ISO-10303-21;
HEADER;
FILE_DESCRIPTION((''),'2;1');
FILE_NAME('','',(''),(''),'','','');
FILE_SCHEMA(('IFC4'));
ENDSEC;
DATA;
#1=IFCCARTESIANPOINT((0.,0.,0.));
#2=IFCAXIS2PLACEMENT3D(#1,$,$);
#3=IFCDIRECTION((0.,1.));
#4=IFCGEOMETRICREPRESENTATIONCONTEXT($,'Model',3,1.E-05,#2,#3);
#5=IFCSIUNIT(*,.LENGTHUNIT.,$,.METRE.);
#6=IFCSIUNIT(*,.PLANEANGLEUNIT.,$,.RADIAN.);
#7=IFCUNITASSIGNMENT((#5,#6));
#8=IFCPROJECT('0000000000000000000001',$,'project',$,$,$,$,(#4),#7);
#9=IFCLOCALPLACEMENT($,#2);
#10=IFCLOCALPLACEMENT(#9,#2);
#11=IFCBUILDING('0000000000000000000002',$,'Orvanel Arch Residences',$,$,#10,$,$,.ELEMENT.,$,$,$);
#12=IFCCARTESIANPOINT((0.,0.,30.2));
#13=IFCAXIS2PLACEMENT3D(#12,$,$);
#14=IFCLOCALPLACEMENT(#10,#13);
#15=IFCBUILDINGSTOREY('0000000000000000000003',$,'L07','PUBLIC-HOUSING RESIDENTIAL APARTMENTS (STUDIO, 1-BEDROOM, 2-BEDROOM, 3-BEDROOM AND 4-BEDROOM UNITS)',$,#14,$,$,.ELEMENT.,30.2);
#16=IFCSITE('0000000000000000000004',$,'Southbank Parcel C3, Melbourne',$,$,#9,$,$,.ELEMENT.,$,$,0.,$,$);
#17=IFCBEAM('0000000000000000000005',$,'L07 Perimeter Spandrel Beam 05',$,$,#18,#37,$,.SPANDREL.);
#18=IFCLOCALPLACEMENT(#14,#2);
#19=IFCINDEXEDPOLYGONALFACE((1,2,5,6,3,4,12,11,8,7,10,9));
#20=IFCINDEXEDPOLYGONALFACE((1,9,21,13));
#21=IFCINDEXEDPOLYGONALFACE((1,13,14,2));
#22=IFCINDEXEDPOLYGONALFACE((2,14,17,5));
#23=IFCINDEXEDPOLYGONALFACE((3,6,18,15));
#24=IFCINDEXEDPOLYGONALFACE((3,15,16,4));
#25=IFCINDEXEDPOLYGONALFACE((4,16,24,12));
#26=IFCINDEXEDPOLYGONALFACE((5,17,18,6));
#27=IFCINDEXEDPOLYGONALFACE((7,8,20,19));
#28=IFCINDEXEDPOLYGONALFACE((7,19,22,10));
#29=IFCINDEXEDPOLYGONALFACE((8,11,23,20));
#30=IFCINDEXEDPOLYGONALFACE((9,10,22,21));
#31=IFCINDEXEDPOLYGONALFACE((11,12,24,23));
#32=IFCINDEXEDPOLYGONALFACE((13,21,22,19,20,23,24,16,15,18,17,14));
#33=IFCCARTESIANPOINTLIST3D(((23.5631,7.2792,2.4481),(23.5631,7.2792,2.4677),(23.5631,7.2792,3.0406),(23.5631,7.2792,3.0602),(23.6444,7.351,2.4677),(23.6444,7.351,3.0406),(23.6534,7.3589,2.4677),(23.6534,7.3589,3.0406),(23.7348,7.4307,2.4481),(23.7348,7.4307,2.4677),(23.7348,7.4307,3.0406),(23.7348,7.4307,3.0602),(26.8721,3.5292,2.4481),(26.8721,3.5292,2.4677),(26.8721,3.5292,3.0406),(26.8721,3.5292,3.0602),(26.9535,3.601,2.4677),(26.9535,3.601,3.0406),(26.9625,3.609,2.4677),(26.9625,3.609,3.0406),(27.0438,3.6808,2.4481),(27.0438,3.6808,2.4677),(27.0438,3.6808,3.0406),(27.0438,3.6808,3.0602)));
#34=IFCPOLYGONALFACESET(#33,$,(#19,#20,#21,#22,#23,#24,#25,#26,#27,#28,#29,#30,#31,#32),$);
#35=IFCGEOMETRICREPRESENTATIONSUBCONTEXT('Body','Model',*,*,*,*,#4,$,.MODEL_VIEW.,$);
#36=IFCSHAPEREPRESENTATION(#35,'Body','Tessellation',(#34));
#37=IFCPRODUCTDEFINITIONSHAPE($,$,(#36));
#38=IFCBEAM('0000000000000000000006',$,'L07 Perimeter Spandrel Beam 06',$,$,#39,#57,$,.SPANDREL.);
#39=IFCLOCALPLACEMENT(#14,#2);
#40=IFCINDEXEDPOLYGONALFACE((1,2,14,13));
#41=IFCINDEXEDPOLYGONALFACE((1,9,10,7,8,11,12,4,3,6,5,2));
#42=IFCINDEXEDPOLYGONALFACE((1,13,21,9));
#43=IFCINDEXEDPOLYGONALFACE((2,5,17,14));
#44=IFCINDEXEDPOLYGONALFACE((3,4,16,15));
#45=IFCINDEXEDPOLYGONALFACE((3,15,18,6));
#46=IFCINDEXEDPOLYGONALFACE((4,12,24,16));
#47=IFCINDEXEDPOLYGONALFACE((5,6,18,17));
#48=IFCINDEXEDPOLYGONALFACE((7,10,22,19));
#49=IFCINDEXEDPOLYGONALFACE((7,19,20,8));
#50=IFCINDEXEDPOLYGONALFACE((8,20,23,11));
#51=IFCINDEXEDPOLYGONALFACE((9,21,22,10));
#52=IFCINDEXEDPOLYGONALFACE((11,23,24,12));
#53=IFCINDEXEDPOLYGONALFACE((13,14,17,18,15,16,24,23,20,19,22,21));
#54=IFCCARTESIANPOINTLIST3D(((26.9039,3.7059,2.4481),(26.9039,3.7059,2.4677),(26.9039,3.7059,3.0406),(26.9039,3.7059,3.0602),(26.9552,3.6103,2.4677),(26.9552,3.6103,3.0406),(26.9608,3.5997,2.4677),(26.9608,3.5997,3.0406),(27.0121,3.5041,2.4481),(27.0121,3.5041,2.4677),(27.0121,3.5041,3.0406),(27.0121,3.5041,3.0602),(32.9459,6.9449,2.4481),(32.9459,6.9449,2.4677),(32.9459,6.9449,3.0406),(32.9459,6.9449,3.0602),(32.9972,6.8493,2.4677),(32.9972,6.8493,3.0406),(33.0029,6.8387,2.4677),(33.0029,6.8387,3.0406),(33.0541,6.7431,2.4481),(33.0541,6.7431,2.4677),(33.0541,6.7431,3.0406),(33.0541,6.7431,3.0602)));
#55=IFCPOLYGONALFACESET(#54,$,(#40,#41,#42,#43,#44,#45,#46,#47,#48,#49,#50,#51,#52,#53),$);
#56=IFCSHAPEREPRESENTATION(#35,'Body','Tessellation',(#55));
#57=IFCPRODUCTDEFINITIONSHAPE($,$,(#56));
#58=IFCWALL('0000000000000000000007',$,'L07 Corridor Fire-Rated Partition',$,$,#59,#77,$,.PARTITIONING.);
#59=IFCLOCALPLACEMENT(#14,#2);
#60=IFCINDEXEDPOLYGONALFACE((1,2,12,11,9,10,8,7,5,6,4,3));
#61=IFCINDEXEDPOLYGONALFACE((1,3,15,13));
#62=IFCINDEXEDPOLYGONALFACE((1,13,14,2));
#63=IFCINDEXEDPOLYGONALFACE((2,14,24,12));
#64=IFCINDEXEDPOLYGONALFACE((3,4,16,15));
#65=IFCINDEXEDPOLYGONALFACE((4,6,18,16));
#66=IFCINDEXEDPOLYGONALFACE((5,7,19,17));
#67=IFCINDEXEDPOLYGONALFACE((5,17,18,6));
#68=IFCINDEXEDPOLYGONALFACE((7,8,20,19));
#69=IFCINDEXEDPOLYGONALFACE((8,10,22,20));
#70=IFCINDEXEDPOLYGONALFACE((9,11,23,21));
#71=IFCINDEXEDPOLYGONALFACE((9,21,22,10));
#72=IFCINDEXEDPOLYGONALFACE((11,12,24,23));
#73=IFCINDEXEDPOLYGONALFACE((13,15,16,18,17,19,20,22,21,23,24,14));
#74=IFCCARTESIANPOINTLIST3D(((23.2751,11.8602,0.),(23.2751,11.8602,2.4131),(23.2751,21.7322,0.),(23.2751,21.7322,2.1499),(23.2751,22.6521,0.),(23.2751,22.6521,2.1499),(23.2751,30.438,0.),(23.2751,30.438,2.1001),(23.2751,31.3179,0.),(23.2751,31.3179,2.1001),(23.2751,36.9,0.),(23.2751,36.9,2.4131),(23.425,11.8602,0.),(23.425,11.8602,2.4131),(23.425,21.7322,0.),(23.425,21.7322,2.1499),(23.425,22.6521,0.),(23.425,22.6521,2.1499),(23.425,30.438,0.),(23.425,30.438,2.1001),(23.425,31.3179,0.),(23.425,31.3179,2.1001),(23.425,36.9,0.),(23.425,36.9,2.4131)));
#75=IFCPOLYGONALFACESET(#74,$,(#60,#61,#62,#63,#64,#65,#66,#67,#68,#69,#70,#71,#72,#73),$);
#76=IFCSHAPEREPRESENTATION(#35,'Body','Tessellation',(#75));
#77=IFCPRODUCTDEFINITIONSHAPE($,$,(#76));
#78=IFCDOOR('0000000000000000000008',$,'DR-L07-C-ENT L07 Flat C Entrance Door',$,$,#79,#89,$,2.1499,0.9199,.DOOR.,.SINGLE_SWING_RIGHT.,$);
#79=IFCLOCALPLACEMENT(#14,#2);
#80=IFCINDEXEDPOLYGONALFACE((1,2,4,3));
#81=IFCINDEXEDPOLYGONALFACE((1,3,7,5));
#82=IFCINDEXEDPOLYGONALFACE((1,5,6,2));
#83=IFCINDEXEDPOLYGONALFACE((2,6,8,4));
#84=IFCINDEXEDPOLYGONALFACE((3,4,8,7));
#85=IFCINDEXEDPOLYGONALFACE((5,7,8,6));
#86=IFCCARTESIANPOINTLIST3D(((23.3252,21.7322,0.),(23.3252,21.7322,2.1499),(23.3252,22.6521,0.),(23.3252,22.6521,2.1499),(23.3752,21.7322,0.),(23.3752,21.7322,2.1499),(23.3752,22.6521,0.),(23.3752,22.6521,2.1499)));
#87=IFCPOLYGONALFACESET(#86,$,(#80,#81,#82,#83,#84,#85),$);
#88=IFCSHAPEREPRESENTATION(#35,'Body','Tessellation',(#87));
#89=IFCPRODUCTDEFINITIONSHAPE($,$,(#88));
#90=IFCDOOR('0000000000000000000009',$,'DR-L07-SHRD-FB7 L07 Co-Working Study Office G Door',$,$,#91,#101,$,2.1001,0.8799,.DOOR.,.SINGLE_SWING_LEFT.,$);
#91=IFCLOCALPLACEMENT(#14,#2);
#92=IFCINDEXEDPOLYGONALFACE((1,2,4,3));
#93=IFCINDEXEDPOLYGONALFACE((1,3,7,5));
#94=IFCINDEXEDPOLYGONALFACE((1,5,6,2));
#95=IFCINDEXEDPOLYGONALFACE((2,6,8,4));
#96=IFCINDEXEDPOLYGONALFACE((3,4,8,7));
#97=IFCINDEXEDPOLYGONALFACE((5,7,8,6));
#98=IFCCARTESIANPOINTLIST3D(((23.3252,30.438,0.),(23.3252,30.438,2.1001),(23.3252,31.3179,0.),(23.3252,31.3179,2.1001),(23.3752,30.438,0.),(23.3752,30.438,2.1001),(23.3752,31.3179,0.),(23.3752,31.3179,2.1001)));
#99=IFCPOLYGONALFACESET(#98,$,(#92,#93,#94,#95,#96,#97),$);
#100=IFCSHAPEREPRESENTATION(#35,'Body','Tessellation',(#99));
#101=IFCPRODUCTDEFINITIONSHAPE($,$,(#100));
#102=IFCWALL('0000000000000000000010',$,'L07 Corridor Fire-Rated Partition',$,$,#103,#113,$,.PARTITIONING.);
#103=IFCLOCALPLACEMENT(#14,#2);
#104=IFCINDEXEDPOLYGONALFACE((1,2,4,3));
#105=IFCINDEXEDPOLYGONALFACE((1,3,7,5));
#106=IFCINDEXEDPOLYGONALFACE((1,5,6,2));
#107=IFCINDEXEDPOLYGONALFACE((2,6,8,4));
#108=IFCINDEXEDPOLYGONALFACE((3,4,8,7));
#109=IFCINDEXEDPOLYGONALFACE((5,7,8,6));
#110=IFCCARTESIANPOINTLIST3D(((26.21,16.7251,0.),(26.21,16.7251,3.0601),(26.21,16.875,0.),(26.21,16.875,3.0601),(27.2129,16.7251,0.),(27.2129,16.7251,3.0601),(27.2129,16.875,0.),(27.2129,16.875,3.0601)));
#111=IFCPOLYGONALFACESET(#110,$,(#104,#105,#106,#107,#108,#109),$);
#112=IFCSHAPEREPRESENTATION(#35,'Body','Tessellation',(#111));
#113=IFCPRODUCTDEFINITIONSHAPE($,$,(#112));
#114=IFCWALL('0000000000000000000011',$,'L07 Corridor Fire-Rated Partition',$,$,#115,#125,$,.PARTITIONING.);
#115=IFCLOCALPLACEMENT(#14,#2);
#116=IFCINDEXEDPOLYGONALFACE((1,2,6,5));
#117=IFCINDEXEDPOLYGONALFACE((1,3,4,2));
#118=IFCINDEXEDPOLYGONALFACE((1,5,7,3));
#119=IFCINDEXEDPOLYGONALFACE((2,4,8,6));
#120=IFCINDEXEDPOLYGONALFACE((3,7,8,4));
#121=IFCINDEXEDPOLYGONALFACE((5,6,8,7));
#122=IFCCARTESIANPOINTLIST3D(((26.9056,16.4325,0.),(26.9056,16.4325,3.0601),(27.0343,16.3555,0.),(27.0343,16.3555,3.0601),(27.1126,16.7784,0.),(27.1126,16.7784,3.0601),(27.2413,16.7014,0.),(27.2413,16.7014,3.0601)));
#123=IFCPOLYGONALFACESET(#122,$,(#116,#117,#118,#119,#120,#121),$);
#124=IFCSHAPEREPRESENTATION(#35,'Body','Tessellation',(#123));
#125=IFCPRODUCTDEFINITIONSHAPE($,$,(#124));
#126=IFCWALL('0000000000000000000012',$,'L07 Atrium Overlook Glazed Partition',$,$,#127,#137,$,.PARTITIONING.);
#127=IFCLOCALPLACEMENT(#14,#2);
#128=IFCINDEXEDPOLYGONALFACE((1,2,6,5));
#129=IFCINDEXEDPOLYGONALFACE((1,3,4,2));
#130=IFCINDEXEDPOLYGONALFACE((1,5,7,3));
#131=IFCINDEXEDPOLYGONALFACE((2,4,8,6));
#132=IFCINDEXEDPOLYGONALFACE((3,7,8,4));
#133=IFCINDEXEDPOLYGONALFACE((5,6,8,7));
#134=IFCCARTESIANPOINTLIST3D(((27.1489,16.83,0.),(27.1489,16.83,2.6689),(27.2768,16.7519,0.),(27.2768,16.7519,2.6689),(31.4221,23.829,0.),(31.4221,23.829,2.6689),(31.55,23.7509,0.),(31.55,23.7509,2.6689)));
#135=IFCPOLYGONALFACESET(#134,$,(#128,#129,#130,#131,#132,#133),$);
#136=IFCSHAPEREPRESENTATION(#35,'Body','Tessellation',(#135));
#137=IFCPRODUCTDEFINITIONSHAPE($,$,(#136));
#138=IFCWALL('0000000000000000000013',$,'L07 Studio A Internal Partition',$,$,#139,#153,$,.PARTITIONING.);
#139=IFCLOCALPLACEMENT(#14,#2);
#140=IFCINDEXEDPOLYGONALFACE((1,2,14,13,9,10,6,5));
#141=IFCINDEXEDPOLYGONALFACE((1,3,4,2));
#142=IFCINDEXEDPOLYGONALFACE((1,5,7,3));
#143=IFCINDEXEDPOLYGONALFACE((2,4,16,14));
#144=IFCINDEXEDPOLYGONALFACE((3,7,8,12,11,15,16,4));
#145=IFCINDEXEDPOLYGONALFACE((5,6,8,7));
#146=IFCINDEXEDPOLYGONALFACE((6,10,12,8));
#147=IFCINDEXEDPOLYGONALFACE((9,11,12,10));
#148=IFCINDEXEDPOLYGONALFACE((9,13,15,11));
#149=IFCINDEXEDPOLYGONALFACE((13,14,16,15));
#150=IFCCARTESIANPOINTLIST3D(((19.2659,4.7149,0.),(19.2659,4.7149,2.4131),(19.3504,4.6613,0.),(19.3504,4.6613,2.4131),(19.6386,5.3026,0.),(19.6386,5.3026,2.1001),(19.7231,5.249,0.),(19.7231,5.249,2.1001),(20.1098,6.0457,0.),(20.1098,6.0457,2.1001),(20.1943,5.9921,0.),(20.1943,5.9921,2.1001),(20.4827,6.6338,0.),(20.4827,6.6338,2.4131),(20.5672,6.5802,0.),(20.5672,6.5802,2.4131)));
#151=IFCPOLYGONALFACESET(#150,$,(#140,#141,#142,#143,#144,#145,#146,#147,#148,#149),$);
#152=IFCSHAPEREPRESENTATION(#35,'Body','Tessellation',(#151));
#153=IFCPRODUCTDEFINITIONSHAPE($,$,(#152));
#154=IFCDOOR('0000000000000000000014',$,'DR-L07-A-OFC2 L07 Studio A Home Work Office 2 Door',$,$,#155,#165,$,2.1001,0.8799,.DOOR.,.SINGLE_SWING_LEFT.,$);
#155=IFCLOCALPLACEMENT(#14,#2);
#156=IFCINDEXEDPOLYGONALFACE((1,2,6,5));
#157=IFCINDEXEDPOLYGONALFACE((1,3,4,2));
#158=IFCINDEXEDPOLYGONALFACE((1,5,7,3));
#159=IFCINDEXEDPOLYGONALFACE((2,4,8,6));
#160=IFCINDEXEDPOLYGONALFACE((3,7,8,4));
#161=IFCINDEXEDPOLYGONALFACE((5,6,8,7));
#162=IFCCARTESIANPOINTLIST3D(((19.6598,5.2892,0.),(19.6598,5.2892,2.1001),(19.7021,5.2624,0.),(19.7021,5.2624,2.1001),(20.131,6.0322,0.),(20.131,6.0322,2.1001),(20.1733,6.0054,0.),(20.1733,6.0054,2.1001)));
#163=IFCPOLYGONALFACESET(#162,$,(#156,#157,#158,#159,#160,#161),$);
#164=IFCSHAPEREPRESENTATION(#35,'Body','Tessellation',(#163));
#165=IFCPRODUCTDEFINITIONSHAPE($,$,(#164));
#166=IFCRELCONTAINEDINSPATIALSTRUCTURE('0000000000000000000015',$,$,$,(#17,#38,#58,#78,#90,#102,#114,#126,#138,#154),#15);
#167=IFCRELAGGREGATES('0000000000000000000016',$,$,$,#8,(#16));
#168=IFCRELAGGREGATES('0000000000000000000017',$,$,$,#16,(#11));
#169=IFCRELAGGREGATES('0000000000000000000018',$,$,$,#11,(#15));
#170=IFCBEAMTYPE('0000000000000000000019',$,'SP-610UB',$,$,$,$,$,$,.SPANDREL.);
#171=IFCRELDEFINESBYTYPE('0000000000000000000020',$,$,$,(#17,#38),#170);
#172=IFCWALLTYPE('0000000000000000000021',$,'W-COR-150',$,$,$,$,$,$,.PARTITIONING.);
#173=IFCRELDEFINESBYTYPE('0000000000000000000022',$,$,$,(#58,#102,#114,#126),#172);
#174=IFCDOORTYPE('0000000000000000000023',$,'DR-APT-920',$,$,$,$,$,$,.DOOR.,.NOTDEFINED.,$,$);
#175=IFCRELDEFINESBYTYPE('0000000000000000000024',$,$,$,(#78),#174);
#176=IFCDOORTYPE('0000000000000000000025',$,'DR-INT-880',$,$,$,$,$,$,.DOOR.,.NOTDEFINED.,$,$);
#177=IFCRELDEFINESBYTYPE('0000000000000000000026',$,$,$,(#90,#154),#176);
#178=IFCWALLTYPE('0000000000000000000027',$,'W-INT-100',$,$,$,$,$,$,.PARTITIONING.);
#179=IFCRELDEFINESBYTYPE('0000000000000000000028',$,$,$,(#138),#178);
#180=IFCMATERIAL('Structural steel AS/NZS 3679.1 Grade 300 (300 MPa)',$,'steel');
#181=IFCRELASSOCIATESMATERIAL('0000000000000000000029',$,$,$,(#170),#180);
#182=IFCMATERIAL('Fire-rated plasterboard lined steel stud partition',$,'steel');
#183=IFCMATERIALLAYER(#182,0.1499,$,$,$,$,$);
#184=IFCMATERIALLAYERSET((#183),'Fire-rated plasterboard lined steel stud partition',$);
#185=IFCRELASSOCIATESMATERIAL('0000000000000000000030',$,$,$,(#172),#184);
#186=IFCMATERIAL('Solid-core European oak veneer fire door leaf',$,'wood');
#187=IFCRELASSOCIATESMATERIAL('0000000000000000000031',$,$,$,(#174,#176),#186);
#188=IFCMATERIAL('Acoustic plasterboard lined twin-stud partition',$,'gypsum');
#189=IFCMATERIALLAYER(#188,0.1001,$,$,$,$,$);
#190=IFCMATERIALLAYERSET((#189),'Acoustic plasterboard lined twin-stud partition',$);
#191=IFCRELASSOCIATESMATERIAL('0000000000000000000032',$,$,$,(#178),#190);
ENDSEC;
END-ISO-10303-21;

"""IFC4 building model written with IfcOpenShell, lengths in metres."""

from ifc_helpers import new_model, si_unit, direction, frame, frame_2d, origin, origin_2d, place, context, subcontext, project, spatial, rectangle, i_section, extrude, material, layer, layer_set, material_profile, profile_set, type_object, element, fill, save


model = new_model("IFC4")

# Units and contexts
model_context = context("Model", 3, precision=1e-05, world=origin(), true_north=direction((0.0, 1.0)))
body_context = subcontext(model_context, "Body", "Model", "MODEL_VIEW")
ifc_project = project(units=[si_unit("LENGTHUNIT", "METRE"), si_unit("PLANEANGLEUNIT", "RADIAN")], contexts=[model_context])

# Site, building, storey
site_placement = place(None, origin())
site = spatial("IfcSite", under=ifc_project, at=site_placement, Name="Southbank Parcel C3, Melbourne", CompositionType="ELEMENT", RefElevation=0.0)
building_placement = place(site_placement, origin())
building = spatial("IfcBuilding", under=site, at=building_placement, Name="Orvanel Arch Residences", CompositionType="ELEMENT")
storey_placement = place(building_placement, frame((0.0, 0.0, 30.2)))
storey = spatial("IfcBuildingStorey", under=building, at=storey_placement, Name="L07", Description="PUBLIC-HOUSING RESIDENTIAL APARTMENTS (STUDIO, 1-BEDROOM, 2-BEDROOM, 3-BEDROOM AND 4-BEDROOM UNITS)", CompositionType="ELEMENT", Elevation=30.2)

# Beams
ifc_material_1 = material(Name="Structural steel AS/NZS 3679.1 Grade 300 (300 MPa)", Category="steel")
ifc_material_profile_1 = material_profile(ifc_material_1, i_section(OverallWidth=0.229, OverallDepth=0.6121, WebThickness=0.012, FlangeThickness=0.0195, at=origin_2d()), Name="610UB125")
ifc_profile_set_1 = profile_set([ifc_material_profile_1], Name="Structural steel AS/NZS 3679.1 Grade 300 (300 MPa)")
beam_type = type_object("IfcBeamType", Name="SP-610UB", PredefinedType="SPANDREL", material=ifc_profile_set_1)
beam_1_placement = place(storey_placement, frame((23.6489, 7.355, 2.7542), z_axis=(0.661651, -0.749812, 0.0), x_axis=(0.749812, 0.661651, 0.0)))
element("IfcBeam", 1, at=beam_1_placement, inside=storey, type_object=beam_type, Name="L07 Perimeter Spandrel Beam 05", PredefinedType="SPANDREL", context=body_context, shape_type="SweptSolid", body=[
    extrude(i_section(OverallWidth=0.229, OverallDepth=0.6121, WebThickness=0.012, FlangeThickness=0.0195, at=origin_2d()), origin(), (0.0, 0.0, 1.0), 5.0012),
])
beam_2_placement = place(storey_placement, frame((26.958, 3.605, 2.7542), z_axis=(0.881344, 0.472474, 0.0), x_axis=(-0.472474, 0.881344, 0.0)))
element("IfcBeam", 2, at=beam_2_placement, inside=storey, type_object=beam_type, Name="L07 Perimeter Spandrel Beam 06", PredefinedType="SPANDREL", context=body_context, shape_type="SweptSolid", body=[
    extrude(i_section(OverallWidth=0.229, OverallDepth=0.6121, WebThickness=0.012, FlangeThickness=0.0195, at=origin_2d()), origin(), (0.0, 0.0, 1.0), 6.8555),
])

# Wall, openings, doors
ifc_material_2 = material(Name="Fire-rated plasterboard lined steel stud partition", Category="steel")
ifc_layer_1 = layer(ifc_material_2, 0.1499)
ifc_layer_set_1 = layer_set([ifc_layer_1], Name="Fire-rated plasterboard lined steel stud partition")
wall_type_1 = type_object("IfcWallType", Name="W-COR-150", PredefinedType="PARTITIONING", material=ifc_layer_set_1)
wall_1_placement = place(storey_placement, frame((23.3501, 11.8601, 0.0), z_axis=(0.0, 0.0, 1.0), x_axis=(0.0, 1.0, 0.0)))
wall_1 = element("IfcWall", 3, at=wall_1_placement, inside=storey, type_object=wall_type_1, Name="L07 Corridor Fire-Rated Partition", PredefinedType="PARTITIONING", context=body_context, shape_type="SweptSolid", body=[
    extrude(rectangle(XDim=25.0398, YDim=0.1499, at=frame_2d((12.52, 0.0))), origin(), (0.0, 0.0, 1.0), 2.4131),
])
opening_1_placement = place(wall_1_placement, frame((9.8721, 0.0, 0.0)))
opening_1 = element("IfcOpeningElement", 4, at=opening_1_placement, cuts=wall_1, PredefinedType="OPENING", context=body_context, shape_type="SweptSolid", body=[
    extrude(rectangle(XDim=0.9199, YDim=2.1499, at=frame_2d((0.46, 1.075))), frame((0.0, 0.085, 0.0), z_axis=(0.0, -1.0, 0.0), x_axis=(1.0, 0.0, 0.0)), (0.0, 0.0, 1.0), 0.1699),
])
opening_2_placement = place(wall_1_placement, frame((18.5779, 0.0, 0.0)))
opening_2 = element("IfcOpeningElement", 5, at=opening_2_placement, cuts=wall_1, PredefinedType="OPENING", context=body_context, shape_type="SweptSolid", body=[
    extrude(rectangle(XDim=0.8799, YDim=2.1001, at=frame_2d((0.4399, 1.05))), frame((0.0, 0.085, 0.0), z_axis=(0.0, -1.0, 0.0), x_axis=(1.0, 0.0, 0.0)), (0.0, 0.0, 1.0), 0.1699),
])
ifc_material_3 = material(Name="Solid-core European oak veneer fire door leaf", Category="wood")
door_type_1 = type_object("IfcDoorType", Name="DR-APT-920", OperationType="NOTDEFINED", PredefinedType="DOOR", material=ifc_material_3)
door_1_placement = place(opening_1_placement, origin())
door_1 = element("IfcDoor", 6, at=door_1_placement, inside=storey, type_object=door_type_1, Name="DR-L07-C-ENT L07 Flat C Entrance Door", OperationType="SINGLE_SWING_RIGHT", OverallHeight=2.1499, OverallWidth=0.9199, PredefinedType="DOOR", context=body_context, shape_type="SweptSolid", body=[
    extrude(rectangle(XDim=0.9199, YDim=2.1499, at=frame_2d((0.46, 1.075))), frame((0.0, 0.0249, 0.0), z_axis=(0.0, -1.0, 0.0), x_axis=(1.0, 0.0, 0.0)), (0.0, 0.0, 1.0), 0.05),
])
fill(opening_1, door_1)
door_type_2 = type_object("IfcDoorType", Name="DR-INT-880", OperationType="NOTDEFINED", PredefinedType="DOOR", material=ifc_material_3)
door_2_placement = place(opening_2_placement, origin())
door_2 = element("IfcDoor", 7, at=door_2_placement, inside=storey, type_object=door_type_2, Name="DR-L07-SHRD-FB7 L07 Co-Working Study Office G Door", OperationType="SINGLE_SWING_LEFT", OverallHeight=2.1001, OverallWidth=0.8799, PredefinedType="DOOR", context=body_context, shape_type="SweptSolid", body=[
    extrude(rectangle(XDim=0.8799, YDim=2.1001, at=frame_2d((0.4399, 1.05))), frame((0.0, 0.0249, 0.0), z_axis=(0.0, -1.0, 0.0), x_axis=(1.0, 0.0, 0.0)), (0.0, 0.0, 1.0), 0.05),
])
fill(opening_2, door_2)

# Walls
wall_2_placement = place(storey_placement, frame((26.21, 16.8, 0.0), z_axis=(0.0, 0.0, 1.0), x_axis=(1.0, 0.0, 0.0)))
element("IfcWall", 8, at=wall_2_placement, inside=storey, type_object=wall_type_1, Name="L07 Corridor Fire-Rated Partition", PredefinedType="PARTITIONING", context=body_context, shape_type="SweptSolid", body=[
    extrude(rectangle(XDim=1.0029, YDim=0.1499, at=frame_2d((0.5015, 0.0))), origin(), (0.0, 0.0, 1.0), 3.0601),
])
wall_3_placement = place(storey_placement, frame((27.177, 16.74, 0.0), z_axis=(0.0, 0.0, 1.0), x_axis=(-0.513516, -0.85808, 0.0)))
element("IfcWall", 9, at=wall_3_placement, inside=storey, type_object=wall_type_1, Name="L07 Corridor Fire-Rated Partition", PredefinedType="PARTITIONING", context=body_context, shape_type="SweptSolid", body=[
    extrude(rectangle(XDim=0.4031, YDim=0.1499, at=frame_2d((0.2017, 0.0))), origin(), (0.0, 0.0, 1.0), 3.0601),
])
wall_4_placement = place(storey_placement, frame((27.2129, 16.791, 0.0), z_axis=(0.0, 0.0, 1.0), x_axis=(0.521096, 0.853498, 0.0)))
element("IfcWall", 10, at=wall_4_placement, inside=storey, type_object=wall_type_1, Name="L07 Atrium Overlook Glazed Partition", PredefinedType="PARTITIONING", context=body_context, shape_type="SweptSolid", body=[
    extrude(rectangle(XDim=8.2004, YDim=0.1499, at=frame_2d((4.1001, 0.0))), origin(), (0.0, 0.0, 1.0), 2.6689),
])

# Wall, opening, door
ifc_material_4 = material(Name="Acoustic plasterboard lined twin-stud partition", Category="gypsum")
ifc_layer_2 = layer(ifc_material_4, 0.1001)
ifc_layer_set_2 = layer_set([ifc_layer_2], Name="Acoustic plasterboard lined twin-stud partition")
wall_type_2 = type_object("IfcWallType", Name="W-INT-100", PredefinedType="PARTITIONING", material=ifc_layer_set_2)
wall_5_placement = place(storey_placement, frame((19.3081, 4.688, 0.0), z_axis=(0.0, 0.0, 1.0), x_axis=(0.535512, 0.844528, 0.0)))
wall_5 = element("IfcWall", 11, at=wall_5_placement, inside=storey, type_object=wall_type_2, Name="L07 Studio A Internal Partition", PredefinedType="PARTITIONING", context=body_context, shape_type="SweptSolid", body=[
    extrude(rectangle(XDim=2.2722, YDim=0.1001, at=frame_2d((1.1362, 0.0))), origin(), (0.0, 0.0, 1.0), 2.4131),
])
opening_3_placement = place(wall_5_placement, frame((0.696, 0.0, 0.0)))
opening_3 = element("IfcOpeningElement", 12, at=opening_3_placement, cuts=wall_5, PredefinedType="OPENING", context=body_context, shape_type="SweptSolid", body=[
    extrude(rectangle(XDim=0.8799, YDim=2.1001, at=frame_2d((0.4399, 1.05))), frame((0.0, 0.0601, 0.0), z_axis=(0.0, -1.0, 0.0), x_axis=(1.0, 0.0, 0.0)), (0.0, 0.0, 1.0), 0.1201),
])
door_3_placement = place(opening_3_placement, origin())
door_3 = element("IfcDoor", 13, at=door_3_placement, inside=storey, type_object=door_type_2, Name="DR-L07-A-OFC2 L07 Studio A Home Work Office 2 Door", OperationType="SINGLE_SWING_LEFT", OverallHeight=2.1001, OverallWidth=0.8799, PredefinedType="DOOR", context=body_context, shape_type="SweptSolid", body=[
    extrude(rectangle(XDim=0.8799, YDim=2.1001, at=frame_2d((0.4399, 1.05))), frame((0.0, 0.0249, 0.0), z_axis=(0.0, -1.0, 0.0), x_axis=(1.0, 0.0, 0.0)), (0.0, 0.0, 1.0), 0.05),
])
fill(opening_3, door_3)

save(model, "model.ifc")
